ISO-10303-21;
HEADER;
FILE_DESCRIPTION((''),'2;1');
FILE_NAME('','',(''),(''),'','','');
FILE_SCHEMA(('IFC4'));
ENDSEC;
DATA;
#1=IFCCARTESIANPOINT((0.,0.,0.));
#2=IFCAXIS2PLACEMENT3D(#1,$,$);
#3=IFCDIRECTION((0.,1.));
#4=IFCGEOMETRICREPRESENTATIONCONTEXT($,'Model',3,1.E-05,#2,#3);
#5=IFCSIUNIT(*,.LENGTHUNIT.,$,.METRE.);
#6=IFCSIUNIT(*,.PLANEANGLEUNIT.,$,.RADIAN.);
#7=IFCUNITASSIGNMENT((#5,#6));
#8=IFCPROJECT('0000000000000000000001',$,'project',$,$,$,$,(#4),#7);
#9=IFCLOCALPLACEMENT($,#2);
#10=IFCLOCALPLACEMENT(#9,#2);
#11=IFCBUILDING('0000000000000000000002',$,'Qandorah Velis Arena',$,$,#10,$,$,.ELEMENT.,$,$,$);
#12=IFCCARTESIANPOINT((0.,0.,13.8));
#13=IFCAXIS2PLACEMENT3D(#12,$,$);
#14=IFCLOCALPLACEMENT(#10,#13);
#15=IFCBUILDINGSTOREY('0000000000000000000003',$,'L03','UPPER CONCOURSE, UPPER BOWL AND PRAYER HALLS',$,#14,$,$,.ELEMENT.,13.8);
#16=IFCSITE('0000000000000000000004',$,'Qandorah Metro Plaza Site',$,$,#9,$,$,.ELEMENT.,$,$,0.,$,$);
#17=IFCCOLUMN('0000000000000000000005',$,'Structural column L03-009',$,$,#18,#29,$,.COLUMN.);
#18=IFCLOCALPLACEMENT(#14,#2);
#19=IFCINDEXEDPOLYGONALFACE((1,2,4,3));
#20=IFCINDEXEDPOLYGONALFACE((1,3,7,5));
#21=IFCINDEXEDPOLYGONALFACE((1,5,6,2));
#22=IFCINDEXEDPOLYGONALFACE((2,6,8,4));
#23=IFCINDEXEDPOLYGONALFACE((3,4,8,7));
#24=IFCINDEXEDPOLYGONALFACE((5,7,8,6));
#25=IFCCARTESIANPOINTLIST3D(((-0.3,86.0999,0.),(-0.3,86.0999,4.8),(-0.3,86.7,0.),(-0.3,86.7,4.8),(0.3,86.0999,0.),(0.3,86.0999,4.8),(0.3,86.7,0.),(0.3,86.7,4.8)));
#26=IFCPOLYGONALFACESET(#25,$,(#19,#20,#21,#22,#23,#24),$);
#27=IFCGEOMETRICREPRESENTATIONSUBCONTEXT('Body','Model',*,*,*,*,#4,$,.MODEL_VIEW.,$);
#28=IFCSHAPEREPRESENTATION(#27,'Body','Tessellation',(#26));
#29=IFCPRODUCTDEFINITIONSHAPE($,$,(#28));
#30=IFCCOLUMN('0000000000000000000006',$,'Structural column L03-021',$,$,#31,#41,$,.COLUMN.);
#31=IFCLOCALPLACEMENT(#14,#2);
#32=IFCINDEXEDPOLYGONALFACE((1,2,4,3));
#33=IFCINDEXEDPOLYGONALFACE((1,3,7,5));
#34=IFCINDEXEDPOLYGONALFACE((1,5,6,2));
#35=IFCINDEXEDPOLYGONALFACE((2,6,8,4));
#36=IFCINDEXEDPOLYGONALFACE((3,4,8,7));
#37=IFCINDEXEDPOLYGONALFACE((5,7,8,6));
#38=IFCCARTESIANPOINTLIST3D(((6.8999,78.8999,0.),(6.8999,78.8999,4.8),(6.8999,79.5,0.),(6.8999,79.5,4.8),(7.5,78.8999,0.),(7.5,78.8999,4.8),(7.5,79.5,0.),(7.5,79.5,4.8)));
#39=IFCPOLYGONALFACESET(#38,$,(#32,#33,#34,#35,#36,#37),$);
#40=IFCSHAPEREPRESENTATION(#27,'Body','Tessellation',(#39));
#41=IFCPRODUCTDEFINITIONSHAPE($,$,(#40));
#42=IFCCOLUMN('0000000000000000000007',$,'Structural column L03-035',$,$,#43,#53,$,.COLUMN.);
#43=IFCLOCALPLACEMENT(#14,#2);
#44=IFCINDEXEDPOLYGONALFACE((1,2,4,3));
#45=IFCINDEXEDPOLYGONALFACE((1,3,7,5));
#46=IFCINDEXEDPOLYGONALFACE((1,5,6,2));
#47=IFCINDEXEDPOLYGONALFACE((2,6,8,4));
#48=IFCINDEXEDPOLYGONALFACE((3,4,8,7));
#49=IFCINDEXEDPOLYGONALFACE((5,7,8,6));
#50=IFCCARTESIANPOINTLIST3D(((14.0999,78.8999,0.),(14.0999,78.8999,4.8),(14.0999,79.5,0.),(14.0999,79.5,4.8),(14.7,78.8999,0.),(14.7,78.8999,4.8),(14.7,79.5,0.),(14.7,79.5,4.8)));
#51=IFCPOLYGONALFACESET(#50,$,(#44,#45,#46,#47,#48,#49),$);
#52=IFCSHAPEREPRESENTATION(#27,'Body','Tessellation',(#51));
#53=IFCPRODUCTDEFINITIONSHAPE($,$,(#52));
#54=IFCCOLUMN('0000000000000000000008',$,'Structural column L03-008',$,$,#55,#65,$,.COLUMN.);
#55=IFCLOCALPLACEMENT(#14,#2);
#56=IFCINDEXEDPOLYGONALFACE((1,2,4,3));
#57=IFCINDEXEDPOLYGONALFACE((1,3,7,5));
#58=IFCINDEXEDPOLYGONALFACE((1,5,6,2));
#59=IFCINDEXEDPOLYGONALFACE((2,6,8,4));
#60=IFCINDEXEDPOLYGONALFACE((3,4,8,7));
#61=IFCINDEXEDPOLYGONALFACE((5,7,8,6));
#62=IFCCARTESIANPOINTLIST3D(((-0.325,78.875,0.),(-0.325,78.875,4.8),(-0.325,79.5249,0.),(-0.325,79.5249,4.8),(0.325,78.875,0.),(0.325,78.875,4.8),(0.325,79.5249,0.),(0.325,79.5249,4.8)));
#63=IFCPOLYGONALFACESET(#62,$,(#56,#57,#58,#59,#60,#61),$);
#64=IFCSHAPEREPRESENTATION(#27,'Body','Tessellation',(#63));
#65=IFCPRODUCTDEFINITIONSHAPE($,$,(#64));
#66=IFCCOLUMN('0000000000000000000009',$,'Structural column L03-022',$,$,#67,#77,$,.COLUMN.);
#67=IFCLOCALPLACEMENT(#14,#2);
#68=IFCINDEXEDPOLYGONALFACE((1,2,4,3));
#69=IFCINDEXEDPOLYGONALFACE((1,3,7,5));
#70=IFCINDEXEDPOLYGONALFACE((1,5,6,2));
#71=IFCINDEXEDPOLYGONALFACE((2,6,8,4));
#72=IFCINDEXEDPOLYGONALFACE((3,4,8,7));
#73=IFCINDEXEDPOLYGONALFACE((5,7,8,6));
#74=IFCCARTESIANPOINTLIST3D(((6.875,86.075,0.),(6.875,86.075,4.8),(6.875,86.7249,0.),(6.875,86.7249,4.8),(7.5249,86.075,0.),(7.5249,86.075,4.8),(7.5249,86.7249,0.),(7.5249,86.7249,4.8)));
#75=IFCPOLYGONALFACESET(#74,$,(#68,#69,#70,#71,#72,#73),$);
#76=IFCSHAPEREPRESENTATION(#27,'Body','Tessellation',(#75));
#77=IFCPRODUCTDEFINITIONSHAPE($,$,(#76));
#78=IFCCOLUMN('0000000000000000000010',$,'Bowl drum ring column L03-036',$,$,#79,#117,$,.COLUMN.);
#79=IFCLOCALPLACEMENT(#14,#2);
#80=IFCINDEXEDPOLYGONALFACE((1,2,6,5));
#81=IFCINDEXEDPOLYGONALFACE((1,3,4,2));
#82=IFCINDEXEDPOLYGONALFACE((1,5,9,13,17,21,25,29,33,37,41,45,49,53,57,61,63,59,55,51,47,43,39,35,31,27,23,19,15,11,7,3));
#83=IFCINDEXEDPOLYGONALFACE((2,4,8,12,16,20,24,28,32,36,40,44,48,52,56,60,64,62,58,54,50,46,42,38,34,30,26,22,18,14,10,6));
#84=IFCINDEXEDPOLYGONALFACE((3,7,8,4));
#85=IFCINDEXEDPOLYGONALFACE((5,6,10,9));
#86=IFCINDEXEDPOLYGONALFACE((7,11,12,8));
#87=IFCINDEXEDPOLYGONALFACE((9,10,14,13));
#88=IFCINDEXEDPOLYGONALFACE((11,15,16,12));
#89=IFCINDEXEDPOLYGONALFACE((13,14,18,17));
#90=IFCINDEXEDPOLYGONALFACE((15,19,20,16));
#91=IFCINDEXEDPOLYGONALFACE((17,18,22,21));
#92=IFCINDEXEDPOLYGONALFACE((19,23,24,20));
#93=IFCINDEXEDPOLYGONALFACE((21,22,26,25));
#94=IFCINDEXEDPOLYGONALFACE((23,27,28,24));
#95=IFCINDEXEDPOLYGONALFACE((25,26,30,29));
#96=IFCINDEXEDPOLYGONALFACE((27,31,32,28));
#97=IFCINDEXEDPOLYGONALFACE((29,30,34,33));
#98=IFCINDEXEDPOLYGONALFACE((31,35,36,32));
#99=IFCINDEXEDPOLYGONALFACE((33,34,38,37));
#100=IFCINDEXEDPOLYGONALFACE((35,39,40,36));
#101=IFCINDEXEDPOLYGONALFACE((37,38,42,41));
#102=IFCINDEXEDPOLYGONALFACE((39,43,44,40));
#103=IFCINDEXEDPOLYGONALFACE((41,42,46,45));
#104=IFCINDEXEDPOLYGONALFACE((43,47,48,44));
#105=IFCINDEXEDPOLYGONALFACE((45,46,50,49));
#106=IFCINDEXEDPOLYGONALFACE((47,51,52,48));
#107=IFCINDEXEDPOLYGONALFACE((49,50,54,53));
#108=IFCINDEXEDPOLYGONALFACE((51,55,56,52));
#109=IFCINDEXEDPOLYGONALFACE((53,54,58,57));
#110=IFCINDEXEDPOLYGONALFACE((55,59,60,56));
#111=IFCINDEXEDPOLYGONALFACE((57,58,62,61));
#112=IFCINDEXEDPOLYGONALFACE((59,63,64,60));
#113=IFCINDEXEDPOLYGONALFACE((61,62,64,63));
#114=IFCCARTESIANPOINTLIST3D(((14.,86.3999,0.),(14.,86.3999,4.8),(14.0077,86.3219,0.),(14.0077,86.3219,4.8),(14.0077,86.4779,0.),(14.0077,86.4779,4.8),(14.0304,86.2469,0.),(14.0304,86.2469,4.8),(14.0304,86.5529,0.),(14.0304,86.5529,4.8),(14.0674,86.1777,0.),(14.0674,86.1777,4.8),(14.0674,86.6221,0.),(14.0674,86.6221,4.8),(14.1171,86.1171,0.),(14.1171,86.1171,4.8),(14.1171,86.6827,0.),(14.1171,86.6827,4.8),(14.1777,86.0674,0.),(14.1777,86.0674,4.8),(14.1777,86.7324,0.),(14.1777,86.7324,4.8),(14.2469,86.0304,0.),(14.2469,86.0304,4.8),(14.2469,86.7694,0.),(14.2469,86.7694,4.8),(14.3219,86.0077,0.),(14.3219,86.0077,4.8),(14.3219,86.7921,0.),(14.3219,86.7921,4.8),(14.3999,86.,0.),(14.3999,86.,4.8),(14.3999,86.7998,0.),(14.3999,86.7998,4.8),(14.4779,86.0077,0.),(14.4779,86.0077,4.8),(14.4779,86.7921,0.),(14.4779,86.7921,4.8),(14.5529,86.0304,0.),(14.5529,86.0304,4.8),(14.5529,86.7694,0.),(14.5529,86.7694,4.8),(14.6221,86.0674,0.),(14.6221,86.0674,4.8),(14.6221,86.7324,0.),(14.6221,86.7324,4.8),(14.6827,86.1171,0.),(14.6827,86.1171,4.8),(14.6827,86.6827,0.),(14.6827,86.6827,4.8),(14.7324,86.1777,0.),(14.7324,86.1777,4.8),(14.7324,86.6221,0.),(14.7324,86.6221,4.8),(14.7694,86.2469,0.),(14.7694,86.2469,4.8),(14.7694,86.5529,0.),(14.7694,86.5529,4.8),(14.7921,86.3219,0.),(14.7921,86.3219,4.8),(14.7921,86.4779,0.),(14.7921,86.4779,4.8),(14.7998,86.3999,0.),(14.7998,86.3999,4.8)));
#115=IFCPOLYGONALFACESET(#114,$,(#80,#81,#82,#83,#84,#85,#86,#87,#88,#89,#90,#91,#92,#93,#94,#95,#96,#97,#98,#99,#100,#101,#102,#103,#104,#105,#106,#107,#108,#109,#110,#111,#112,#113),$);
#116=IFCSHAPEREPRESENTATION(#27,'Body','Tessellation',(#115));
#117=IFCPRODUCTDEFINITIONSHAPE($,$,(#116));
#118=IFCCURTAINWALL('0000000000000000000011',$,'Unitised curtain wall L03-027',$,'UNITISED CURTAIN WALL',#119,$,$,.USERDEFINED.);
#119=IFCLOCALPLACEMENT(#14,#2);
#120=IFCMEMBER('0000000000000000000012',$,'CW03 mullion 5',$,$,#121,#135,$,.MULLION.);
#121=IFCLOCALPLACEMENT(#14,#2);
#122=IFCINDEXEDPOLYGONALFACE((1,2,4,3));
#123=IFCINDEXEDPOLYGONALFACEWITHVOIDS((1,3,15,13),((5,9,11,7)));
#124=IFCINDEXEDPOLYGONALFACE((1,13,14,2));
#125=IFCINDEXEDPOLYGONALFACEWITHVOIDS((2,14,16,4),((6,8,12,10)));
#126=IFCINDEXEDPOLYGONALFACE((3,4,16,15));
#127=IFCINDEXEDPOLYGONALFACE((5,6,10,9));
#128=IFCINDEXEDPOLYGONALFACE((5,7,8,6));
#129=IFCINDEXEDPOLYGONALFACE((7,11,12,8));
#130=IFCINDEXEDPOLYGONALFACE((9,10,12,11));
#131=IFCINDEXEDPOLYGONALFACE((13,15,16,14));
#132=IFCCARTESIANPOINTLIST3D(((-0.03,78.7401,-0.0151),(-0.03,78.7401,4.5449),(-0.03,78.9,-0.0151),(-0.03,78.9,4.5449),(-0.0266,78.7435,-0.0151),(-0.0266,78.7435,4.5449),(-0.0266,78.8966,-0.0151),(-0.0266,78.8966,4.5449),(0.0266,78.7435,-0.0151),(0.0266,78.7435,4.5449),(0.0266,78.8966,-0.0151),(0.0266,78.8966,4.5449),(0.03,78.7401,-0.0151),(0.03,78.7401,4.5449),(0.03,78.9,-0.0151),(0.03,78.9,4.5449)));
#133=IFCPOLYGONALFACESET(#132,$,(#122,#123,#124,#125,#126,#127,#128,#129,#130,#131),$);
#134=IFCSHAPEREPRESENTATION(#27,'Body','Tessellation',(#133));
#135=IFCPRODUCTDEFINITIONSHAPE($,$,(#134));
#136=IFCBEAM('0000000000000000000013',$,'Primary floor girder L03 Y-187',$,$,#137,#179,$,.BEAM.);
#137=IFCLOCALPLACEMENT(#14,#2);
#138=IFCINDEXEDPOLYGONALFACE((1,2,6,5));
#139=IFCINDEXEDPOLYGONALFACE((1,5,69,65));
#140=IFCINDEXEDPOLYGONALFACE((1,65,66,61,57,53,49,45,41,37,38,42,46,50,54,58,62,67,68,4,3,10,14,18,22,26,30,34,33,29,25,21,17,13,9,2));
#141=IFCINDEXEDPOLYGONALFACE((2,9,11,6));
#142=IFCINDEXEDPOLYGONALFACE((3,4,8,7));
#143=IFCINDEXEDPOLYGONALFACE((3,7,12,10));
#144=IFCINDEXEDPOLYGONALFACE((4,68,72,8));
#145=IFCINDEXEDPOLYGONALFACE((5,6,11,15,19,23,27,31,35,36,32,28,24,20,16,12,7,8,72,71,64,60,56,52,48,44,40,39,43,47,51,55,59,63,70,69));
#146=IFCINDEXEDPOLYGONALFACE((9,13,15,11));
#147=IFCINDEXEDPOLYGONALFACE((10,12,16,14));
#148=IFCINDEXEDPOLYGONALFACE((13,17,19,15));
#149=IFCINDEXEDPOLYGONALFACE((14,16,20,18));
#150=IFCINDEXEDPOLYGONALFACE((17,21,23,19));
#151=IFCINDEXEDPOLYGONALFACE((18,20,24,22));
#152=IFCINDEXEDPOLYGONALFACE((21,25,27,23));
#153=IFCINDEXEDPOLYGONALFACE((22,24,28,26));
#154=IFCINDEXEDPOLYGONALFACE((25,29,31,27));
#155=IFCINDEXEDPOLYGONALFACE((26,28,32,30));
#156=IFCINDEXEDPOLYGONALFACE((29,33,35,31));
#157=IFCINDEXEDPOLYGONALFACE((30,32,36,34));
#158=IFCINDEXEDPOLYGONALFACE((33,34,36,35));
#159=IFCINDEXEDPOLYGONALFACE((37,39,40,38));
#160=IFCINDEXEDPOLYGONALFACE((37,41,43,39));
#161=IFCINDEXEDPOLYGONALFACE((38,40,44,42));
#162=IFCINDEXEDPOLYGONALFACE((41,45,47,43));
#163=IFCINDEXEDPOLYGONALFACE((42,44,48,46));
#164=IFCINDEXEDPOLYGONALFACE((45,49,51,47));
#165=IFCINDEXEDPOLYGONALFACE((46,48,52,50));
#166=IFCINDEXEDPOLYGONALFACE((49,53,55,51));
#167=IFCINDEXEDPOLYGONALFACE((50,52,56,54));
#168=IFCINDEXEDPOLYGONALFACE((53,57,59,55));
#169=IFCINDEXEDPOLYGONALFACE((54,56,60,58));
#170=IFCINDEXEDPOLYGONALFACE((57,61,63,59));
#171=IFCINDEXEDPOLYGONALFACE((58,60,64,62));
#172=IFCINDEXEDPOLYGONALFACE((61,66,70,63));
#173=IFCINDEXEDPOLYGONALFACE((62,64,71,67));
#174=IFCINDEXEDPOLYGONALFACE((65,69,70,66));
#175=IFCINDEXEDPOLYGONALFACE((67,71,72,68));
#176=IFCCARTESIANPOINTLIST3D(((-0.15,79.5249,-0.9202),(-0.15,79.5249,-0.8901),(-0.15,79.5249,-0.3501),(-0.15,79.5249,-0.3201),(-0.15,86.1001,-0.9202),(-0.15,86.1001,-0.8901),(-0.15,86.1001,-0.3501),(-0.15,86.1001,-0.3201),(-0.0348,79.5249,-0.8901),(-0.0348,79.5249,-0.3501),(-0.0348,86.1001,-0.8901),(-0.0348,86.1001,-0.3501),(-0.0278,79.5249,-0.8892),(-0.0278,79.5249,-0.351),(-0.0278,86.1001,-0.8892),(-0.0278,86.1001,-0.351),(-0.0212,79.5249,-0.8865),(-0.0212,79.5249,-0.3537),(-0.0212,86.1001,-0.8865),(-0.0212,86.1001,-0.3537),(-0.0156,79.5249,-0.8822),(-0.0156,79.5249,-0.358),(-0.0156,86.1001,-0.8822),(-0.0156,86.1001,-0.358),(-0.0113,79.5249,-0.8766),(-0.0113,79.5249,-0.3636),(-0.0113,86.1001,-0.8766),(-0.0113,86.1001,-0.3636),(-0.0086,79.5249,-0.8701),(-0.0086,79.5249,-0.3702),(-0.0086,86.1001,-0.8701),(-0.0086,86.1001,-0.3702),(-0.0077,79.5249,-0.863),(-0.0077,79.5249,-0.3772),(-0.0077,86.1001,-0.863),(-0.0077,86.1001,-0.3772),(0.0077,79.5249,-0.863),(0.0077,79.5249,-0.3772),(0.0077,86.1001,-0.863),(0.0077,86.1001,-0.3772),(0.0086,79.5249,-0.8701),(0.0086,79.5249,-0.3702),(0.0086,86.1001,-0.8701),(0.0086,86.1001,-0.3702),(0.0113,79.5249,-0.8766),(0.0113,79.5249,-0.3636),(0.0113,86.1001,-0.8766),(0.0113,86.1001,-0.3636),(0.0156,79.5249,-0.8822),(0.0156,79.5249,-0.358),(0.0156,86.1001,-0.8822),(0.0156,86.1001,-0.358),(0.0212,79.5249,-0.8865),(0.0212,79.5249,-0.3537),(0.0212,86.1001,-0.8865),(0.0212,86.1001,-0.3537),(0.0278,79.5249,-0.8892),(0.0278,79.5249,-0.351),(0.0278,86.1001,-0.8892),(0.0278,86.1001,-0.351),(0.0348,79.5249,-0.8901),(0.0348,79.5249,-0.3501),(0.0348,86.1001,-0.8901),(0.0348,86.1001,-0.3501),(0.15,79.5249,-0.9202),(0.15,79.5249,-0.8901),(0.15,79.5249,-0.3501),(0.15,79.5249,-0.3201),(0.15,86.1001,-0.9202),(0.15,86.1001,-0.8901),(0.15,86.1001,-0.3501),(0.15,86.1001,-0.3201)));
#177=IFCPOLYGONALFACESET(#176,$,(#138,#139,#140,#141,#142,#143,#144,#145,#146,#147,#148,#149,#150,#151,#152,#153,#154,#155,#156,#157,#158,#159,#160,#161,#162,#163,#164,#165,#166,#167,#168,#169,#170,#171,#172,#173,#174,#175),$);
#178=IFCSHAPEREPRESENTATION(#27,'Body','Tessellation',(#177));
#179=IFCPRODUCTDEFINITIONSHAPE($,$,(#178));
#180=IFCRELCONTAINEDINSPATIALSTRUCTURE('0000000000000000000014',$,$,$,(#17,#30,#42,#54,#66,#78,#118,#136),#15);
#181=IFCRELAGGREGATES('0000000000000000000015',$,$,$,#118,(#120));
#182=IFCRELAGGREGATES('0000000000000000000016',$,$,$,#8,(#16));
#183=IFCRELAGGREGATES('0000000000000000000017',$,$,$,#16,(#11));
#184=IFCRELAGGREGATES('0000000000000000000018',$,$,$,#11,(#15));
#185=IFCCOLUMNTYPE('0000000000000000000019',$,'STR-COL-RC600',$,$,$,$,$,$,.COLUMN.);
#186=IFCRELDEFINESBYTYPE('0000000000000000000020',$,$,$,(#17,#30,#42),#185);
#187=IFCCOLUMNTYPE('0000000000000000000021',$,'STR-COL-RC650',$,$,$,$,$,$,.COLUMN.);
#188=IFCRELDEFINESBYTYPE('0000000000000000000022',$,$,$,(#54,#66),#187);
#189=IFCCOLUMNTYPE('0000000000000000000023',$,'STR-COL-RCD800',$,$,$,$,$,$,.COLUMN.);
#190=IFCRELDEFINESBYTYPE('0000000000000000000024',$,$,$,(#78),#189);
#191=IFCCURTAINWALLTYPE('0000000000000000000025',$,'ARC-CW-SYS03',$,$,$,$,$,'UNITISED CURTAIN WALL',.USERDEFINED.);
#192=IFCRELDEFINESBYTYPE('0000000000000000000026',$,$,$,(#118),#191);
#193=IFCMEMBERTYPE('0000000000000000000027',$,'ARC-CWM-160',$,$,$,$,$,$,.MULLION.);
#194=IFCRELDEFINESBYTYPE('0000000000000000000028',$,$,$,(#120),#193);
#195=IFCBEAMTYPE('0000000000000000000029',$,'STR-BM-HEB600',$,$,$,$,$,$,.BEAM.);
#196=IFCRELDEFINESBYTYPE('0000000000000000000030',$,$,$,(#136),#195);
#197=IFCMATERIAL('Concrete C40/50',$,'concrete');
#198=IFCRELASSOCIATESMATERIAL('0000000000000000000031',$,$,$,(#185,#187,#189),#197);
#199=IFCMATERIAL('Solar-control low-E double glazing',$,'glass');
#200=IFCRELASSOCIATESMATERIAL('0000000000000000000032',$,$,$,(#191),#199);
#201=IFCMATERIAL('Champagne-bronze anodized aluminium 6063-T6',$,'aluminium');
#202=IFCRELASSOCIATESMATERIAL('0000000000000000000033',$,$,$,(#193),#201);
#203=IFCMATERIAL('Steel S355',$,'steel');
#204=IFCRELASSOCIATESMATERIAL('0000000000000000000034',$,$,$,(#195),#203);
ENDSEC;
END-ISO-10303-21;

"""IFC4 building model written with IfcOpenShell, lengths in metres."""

from ifc_helpers import new_model, si_unit, direction, frame, origin, origin_2d, place, context, subcontext, project, spatial, rectangle, hollow_rectangle, circle, i_section, extrude, material, material_profile, profile_set, type_object, element, aggregate, save


model = new_model("IFC4")

# Units and contexts
model_context = context("Model", 3, precision=1e-05, world=origin(), true_north=direction((0.0, 1.0)))
body_context = subcontext(model_context, "Body", "Model", "MODEL_VIEW")
ifc_project = project(units=[si_unit("LENGTHUNIT", "METRE"), si_unit("PLANEANGLEUNIT", "RADIAN")], contexts=[model_context])

# Site, building, storey
site_placement = place(None, origin())
site = spatial("IfcSite", under=ifc_project, at=site_placement, Name="Qandorah Metro Plaza Site", CompositionType="ELEMENT", RefElevation=0.0)
building_placement = place(site_placement, origin())
building = spatial("IfcBuilding", under=site, at=building_placement, Name="Qandorah Velis Arena", CompositionType="ELEMENT")
storey_placement = place(building_placement, frame((0.0, 0.0, 13.8)))
storey = spatial("IfcBuildingStorey", under=building, at=storey_placement, Name="L03", Description="UPPER CONCOURSE, UPPER BOWL AND PRAYER HALLS", CompositionType="ELEMENT", Elevation=13.8)

# Columns
ifc_material_1 = material(Name="Concrete C40/50", Category="concrete")
ifc_material_profile_1 = material_profile(ifc_material_1, rectangle(XDim=0.6001, YDim=0.6001, at=origin_2d()), Name="RC COL 600x600")
ifc_profile_set_1 = profile_set([ifc_material_profile_1], Name="Concrete C40/50")
column_type_1 = type_object("IfcColumnType", Name="STR-COL-RC600", PredefinedType="COLUMN", material=ifc_profile_set_1)
for number, where, z_axis, x_axis, name in (
    (1, (0.0, 86.3999, 0.0), (0.0, 0.0, 1.0), (1.0, 0.0, 0.0), "Structural column L03-009"),
    (2, (7.2, 79.2, 0.0), (0.0, 0.0, 1.0), (1.0, 0.0, 0.0), "Structural column L03-021"),
    (3, (14.3999, 79.2, 0.0), (0.0, 0.0, 1.0), (1.0, 0.0, 0.0), "Structural column L03-035"),
):
    element("IfcColumn", number, at=place(storey_placement, frame(where, z_axis=z_axis, x_axis=x_axis)), inside=storey, type_object=column_type_1, Name=name, PredefinedType="COLUMN", context=body_context, shape_type="SweptSolid", body=[
        extrude(rectangle(XDim=0.6001, YDim=0.6001, at=origin_2d()), origin(), (0.0, 0.0, 1.0), 4.8),
    ])
ifc_material_profile_2 = material_profile(ifc_material_1, rectangle(XDim=0.6499, YDim=0.6499, at=origin_2d()), Name="RC COL 650x650")
ifc_profile_set_2 = profile_set([ifc_material_profile_2], Name="Concrete C40/50")
column_type_2 = type_object("IfcColumnType", Name="STR-COL-RC650", PredefinedType="COLUMN", material=ifc_profile_set_2)
for number, where, z_axis, x_axis, name in (
    (4, (0.0, 79.2, 0.0), (0.0, 0.0, 1.0), (1.0, 0.0, 0.0), "Structural column L03-008"),
    (5, (7.2, 86.3999, 0.0), (0.0, 0.0, 1.0), (1.0, 0.0, 0.0), "Structural column L03-022"),
):
    element("IfcColumn", number, at=place(storey_placement, frame(where, z_axis=z_axis, x_axis=x_axis)), inside=storey, type_object=column_type_2, Name=name, PredefinedType="COLUMN", context=body_context, shape_type="SweptSolid", body=[
        extrude(rectangle(XDim=0.6499, YDim=0.6499, at=origin_2d()), origin(), (0.0, 0.0, 1.0), 4.8),
    ])
ifc_material_profile_3 = material_profile(ifc_material_1, circle(Radius=0.3999, at=origin_2d()), Name="RC D800")
ifc_profile_set_3 = profile_set([ifc_material_profile_3], Name="Concrete C40/50")
column_type_3 = type_object("IfcColumnType", Name="STR-COL-RCD800", PredefinedType="COLUMN", material=ifc_profile_set_3)
column_placement = place(storey_placement, frame((14.3999, 86.3999, 0.0), z_axis=(0.0, 0.0, 1.0), x_axis=(1.0, 0.0, 0.0)))
element("IfcColumn", 6, at=column_placement, inside=storey, type_object=column_type_3, Name="Bowl drum ring column L03-036", PredefinedType="COLUMN", context=body_context, shape_type="SweptSolid", body=[
    extrude(circle(Radius=0.3999, at=origin_2d()), origin(), (0.0, 0.0, 1.0), 4.8),
])

# Curtain wall, member
ifc_material_2 = material(Name="Solar-control low-E double glazing", Category="glass")
curtain_wall_type = type_object("IfcCurtainWallType", Name="ARC-CW-SYS03", ElementType="UNITISED CURTAIN WALL", PredefinedType="USERDEFINED", material=ifc_material_2)
curtain_wall_placement = place(storey_placement, origin())
curtain_wall = element("IfcCurtainWall", 7, at=curtain_wall_placement, inside=storey, type_object=curtain_wall_type, Name="Unitised curtain wall L03-027", ObjectType="UNITISED CURTAIN WALL", PredefinedType="USERDEFINED")
ifc_material_3 = material(Name="Champagne-bronze anodized aluminium 6063-T6", Category="aluminium")
ifc_material_profile_4 = material_profile(ifc_material_3, hollow_rectangle(XDim=0.0601, YDim=0.1599, WallThickness=0.0034, at=origin_2d()), Name="ALU MULLION 60x160")
ifc_profile_set_4 = profile_set([ifc_material_profile_4], Name="Champagne-bronze anodized aluminium 6063-T6")
member_type = type_object("IfcMemberType", Name="ARC-CWM-160", PredefinedType="MULLION", material=ifc_profile_set_4)
member_placement = place(storey_placement, frame((0.0, 78.8201, -0.0151), z_axis=(0.0, 0.0, 1.0), x_axis=(-1.0, 0.0, 0.0)))
member = element("IfcMember", 8, at=member_placement, type_object=member_type, Name="CW03 mullion 5", PredefinedType="MULLION", context=body_context, shape_type="SweptSolid", body=[
    extrude(hollow_rectangle(XDim=0.0601, YDim=0.1599, WallThickness=0.0034, at=origin_2d()), origin(), (0.0, 0.0, 1.0), 4.5601),
])

# Beam
ifc_material_4 = material(Name="Steel S355", Category="steel")
ifc_material_profile_5 = material_profile(ifc_material_4, i_section(OverallWidth=0.3, OverallDepth=0.6001, WebThickness=0.0154, FlangeThickness=0.03, FilletRadius=0.0271, at=origin_2d()), Name="HEB 600")
ifc_profile_set_5 = profile_set([ifc_material_profile_5], Name="Steel S355")
beam_type_1 = type_object("IfcBeamType", Name="STR-BM-HEB600", PredefinedType="BEAM", material=ifc_profile_set_5)
beam_1_placement = place(storey_placement, frame((0.0, 79.5249, -0.6201), z_axis=(0.0, 1.0, 0.0), x_axis=(-1.0, 0.0, 0.0)))
element("IfcBeam", 9, at=beam_1_placement, inside=storey, type_object=beam_type_1, Name="Primary floor girder L03 Y-187", PredefinedType="BEAM", context=body_context, shape_type="SweptSolid", body=[
    extrude(i_section(OverallWidth=0.3, OverallDepth=0.6001, WebThickness=0.0154, FlangeThickness=0.03, FilletRadius=0.0271, at=origin_2d()), origin(), (0.0, 0.0, 1.0), 6.5752),
])

aggregate(curtain_wall, [member])

save(model, "model.ifc")
